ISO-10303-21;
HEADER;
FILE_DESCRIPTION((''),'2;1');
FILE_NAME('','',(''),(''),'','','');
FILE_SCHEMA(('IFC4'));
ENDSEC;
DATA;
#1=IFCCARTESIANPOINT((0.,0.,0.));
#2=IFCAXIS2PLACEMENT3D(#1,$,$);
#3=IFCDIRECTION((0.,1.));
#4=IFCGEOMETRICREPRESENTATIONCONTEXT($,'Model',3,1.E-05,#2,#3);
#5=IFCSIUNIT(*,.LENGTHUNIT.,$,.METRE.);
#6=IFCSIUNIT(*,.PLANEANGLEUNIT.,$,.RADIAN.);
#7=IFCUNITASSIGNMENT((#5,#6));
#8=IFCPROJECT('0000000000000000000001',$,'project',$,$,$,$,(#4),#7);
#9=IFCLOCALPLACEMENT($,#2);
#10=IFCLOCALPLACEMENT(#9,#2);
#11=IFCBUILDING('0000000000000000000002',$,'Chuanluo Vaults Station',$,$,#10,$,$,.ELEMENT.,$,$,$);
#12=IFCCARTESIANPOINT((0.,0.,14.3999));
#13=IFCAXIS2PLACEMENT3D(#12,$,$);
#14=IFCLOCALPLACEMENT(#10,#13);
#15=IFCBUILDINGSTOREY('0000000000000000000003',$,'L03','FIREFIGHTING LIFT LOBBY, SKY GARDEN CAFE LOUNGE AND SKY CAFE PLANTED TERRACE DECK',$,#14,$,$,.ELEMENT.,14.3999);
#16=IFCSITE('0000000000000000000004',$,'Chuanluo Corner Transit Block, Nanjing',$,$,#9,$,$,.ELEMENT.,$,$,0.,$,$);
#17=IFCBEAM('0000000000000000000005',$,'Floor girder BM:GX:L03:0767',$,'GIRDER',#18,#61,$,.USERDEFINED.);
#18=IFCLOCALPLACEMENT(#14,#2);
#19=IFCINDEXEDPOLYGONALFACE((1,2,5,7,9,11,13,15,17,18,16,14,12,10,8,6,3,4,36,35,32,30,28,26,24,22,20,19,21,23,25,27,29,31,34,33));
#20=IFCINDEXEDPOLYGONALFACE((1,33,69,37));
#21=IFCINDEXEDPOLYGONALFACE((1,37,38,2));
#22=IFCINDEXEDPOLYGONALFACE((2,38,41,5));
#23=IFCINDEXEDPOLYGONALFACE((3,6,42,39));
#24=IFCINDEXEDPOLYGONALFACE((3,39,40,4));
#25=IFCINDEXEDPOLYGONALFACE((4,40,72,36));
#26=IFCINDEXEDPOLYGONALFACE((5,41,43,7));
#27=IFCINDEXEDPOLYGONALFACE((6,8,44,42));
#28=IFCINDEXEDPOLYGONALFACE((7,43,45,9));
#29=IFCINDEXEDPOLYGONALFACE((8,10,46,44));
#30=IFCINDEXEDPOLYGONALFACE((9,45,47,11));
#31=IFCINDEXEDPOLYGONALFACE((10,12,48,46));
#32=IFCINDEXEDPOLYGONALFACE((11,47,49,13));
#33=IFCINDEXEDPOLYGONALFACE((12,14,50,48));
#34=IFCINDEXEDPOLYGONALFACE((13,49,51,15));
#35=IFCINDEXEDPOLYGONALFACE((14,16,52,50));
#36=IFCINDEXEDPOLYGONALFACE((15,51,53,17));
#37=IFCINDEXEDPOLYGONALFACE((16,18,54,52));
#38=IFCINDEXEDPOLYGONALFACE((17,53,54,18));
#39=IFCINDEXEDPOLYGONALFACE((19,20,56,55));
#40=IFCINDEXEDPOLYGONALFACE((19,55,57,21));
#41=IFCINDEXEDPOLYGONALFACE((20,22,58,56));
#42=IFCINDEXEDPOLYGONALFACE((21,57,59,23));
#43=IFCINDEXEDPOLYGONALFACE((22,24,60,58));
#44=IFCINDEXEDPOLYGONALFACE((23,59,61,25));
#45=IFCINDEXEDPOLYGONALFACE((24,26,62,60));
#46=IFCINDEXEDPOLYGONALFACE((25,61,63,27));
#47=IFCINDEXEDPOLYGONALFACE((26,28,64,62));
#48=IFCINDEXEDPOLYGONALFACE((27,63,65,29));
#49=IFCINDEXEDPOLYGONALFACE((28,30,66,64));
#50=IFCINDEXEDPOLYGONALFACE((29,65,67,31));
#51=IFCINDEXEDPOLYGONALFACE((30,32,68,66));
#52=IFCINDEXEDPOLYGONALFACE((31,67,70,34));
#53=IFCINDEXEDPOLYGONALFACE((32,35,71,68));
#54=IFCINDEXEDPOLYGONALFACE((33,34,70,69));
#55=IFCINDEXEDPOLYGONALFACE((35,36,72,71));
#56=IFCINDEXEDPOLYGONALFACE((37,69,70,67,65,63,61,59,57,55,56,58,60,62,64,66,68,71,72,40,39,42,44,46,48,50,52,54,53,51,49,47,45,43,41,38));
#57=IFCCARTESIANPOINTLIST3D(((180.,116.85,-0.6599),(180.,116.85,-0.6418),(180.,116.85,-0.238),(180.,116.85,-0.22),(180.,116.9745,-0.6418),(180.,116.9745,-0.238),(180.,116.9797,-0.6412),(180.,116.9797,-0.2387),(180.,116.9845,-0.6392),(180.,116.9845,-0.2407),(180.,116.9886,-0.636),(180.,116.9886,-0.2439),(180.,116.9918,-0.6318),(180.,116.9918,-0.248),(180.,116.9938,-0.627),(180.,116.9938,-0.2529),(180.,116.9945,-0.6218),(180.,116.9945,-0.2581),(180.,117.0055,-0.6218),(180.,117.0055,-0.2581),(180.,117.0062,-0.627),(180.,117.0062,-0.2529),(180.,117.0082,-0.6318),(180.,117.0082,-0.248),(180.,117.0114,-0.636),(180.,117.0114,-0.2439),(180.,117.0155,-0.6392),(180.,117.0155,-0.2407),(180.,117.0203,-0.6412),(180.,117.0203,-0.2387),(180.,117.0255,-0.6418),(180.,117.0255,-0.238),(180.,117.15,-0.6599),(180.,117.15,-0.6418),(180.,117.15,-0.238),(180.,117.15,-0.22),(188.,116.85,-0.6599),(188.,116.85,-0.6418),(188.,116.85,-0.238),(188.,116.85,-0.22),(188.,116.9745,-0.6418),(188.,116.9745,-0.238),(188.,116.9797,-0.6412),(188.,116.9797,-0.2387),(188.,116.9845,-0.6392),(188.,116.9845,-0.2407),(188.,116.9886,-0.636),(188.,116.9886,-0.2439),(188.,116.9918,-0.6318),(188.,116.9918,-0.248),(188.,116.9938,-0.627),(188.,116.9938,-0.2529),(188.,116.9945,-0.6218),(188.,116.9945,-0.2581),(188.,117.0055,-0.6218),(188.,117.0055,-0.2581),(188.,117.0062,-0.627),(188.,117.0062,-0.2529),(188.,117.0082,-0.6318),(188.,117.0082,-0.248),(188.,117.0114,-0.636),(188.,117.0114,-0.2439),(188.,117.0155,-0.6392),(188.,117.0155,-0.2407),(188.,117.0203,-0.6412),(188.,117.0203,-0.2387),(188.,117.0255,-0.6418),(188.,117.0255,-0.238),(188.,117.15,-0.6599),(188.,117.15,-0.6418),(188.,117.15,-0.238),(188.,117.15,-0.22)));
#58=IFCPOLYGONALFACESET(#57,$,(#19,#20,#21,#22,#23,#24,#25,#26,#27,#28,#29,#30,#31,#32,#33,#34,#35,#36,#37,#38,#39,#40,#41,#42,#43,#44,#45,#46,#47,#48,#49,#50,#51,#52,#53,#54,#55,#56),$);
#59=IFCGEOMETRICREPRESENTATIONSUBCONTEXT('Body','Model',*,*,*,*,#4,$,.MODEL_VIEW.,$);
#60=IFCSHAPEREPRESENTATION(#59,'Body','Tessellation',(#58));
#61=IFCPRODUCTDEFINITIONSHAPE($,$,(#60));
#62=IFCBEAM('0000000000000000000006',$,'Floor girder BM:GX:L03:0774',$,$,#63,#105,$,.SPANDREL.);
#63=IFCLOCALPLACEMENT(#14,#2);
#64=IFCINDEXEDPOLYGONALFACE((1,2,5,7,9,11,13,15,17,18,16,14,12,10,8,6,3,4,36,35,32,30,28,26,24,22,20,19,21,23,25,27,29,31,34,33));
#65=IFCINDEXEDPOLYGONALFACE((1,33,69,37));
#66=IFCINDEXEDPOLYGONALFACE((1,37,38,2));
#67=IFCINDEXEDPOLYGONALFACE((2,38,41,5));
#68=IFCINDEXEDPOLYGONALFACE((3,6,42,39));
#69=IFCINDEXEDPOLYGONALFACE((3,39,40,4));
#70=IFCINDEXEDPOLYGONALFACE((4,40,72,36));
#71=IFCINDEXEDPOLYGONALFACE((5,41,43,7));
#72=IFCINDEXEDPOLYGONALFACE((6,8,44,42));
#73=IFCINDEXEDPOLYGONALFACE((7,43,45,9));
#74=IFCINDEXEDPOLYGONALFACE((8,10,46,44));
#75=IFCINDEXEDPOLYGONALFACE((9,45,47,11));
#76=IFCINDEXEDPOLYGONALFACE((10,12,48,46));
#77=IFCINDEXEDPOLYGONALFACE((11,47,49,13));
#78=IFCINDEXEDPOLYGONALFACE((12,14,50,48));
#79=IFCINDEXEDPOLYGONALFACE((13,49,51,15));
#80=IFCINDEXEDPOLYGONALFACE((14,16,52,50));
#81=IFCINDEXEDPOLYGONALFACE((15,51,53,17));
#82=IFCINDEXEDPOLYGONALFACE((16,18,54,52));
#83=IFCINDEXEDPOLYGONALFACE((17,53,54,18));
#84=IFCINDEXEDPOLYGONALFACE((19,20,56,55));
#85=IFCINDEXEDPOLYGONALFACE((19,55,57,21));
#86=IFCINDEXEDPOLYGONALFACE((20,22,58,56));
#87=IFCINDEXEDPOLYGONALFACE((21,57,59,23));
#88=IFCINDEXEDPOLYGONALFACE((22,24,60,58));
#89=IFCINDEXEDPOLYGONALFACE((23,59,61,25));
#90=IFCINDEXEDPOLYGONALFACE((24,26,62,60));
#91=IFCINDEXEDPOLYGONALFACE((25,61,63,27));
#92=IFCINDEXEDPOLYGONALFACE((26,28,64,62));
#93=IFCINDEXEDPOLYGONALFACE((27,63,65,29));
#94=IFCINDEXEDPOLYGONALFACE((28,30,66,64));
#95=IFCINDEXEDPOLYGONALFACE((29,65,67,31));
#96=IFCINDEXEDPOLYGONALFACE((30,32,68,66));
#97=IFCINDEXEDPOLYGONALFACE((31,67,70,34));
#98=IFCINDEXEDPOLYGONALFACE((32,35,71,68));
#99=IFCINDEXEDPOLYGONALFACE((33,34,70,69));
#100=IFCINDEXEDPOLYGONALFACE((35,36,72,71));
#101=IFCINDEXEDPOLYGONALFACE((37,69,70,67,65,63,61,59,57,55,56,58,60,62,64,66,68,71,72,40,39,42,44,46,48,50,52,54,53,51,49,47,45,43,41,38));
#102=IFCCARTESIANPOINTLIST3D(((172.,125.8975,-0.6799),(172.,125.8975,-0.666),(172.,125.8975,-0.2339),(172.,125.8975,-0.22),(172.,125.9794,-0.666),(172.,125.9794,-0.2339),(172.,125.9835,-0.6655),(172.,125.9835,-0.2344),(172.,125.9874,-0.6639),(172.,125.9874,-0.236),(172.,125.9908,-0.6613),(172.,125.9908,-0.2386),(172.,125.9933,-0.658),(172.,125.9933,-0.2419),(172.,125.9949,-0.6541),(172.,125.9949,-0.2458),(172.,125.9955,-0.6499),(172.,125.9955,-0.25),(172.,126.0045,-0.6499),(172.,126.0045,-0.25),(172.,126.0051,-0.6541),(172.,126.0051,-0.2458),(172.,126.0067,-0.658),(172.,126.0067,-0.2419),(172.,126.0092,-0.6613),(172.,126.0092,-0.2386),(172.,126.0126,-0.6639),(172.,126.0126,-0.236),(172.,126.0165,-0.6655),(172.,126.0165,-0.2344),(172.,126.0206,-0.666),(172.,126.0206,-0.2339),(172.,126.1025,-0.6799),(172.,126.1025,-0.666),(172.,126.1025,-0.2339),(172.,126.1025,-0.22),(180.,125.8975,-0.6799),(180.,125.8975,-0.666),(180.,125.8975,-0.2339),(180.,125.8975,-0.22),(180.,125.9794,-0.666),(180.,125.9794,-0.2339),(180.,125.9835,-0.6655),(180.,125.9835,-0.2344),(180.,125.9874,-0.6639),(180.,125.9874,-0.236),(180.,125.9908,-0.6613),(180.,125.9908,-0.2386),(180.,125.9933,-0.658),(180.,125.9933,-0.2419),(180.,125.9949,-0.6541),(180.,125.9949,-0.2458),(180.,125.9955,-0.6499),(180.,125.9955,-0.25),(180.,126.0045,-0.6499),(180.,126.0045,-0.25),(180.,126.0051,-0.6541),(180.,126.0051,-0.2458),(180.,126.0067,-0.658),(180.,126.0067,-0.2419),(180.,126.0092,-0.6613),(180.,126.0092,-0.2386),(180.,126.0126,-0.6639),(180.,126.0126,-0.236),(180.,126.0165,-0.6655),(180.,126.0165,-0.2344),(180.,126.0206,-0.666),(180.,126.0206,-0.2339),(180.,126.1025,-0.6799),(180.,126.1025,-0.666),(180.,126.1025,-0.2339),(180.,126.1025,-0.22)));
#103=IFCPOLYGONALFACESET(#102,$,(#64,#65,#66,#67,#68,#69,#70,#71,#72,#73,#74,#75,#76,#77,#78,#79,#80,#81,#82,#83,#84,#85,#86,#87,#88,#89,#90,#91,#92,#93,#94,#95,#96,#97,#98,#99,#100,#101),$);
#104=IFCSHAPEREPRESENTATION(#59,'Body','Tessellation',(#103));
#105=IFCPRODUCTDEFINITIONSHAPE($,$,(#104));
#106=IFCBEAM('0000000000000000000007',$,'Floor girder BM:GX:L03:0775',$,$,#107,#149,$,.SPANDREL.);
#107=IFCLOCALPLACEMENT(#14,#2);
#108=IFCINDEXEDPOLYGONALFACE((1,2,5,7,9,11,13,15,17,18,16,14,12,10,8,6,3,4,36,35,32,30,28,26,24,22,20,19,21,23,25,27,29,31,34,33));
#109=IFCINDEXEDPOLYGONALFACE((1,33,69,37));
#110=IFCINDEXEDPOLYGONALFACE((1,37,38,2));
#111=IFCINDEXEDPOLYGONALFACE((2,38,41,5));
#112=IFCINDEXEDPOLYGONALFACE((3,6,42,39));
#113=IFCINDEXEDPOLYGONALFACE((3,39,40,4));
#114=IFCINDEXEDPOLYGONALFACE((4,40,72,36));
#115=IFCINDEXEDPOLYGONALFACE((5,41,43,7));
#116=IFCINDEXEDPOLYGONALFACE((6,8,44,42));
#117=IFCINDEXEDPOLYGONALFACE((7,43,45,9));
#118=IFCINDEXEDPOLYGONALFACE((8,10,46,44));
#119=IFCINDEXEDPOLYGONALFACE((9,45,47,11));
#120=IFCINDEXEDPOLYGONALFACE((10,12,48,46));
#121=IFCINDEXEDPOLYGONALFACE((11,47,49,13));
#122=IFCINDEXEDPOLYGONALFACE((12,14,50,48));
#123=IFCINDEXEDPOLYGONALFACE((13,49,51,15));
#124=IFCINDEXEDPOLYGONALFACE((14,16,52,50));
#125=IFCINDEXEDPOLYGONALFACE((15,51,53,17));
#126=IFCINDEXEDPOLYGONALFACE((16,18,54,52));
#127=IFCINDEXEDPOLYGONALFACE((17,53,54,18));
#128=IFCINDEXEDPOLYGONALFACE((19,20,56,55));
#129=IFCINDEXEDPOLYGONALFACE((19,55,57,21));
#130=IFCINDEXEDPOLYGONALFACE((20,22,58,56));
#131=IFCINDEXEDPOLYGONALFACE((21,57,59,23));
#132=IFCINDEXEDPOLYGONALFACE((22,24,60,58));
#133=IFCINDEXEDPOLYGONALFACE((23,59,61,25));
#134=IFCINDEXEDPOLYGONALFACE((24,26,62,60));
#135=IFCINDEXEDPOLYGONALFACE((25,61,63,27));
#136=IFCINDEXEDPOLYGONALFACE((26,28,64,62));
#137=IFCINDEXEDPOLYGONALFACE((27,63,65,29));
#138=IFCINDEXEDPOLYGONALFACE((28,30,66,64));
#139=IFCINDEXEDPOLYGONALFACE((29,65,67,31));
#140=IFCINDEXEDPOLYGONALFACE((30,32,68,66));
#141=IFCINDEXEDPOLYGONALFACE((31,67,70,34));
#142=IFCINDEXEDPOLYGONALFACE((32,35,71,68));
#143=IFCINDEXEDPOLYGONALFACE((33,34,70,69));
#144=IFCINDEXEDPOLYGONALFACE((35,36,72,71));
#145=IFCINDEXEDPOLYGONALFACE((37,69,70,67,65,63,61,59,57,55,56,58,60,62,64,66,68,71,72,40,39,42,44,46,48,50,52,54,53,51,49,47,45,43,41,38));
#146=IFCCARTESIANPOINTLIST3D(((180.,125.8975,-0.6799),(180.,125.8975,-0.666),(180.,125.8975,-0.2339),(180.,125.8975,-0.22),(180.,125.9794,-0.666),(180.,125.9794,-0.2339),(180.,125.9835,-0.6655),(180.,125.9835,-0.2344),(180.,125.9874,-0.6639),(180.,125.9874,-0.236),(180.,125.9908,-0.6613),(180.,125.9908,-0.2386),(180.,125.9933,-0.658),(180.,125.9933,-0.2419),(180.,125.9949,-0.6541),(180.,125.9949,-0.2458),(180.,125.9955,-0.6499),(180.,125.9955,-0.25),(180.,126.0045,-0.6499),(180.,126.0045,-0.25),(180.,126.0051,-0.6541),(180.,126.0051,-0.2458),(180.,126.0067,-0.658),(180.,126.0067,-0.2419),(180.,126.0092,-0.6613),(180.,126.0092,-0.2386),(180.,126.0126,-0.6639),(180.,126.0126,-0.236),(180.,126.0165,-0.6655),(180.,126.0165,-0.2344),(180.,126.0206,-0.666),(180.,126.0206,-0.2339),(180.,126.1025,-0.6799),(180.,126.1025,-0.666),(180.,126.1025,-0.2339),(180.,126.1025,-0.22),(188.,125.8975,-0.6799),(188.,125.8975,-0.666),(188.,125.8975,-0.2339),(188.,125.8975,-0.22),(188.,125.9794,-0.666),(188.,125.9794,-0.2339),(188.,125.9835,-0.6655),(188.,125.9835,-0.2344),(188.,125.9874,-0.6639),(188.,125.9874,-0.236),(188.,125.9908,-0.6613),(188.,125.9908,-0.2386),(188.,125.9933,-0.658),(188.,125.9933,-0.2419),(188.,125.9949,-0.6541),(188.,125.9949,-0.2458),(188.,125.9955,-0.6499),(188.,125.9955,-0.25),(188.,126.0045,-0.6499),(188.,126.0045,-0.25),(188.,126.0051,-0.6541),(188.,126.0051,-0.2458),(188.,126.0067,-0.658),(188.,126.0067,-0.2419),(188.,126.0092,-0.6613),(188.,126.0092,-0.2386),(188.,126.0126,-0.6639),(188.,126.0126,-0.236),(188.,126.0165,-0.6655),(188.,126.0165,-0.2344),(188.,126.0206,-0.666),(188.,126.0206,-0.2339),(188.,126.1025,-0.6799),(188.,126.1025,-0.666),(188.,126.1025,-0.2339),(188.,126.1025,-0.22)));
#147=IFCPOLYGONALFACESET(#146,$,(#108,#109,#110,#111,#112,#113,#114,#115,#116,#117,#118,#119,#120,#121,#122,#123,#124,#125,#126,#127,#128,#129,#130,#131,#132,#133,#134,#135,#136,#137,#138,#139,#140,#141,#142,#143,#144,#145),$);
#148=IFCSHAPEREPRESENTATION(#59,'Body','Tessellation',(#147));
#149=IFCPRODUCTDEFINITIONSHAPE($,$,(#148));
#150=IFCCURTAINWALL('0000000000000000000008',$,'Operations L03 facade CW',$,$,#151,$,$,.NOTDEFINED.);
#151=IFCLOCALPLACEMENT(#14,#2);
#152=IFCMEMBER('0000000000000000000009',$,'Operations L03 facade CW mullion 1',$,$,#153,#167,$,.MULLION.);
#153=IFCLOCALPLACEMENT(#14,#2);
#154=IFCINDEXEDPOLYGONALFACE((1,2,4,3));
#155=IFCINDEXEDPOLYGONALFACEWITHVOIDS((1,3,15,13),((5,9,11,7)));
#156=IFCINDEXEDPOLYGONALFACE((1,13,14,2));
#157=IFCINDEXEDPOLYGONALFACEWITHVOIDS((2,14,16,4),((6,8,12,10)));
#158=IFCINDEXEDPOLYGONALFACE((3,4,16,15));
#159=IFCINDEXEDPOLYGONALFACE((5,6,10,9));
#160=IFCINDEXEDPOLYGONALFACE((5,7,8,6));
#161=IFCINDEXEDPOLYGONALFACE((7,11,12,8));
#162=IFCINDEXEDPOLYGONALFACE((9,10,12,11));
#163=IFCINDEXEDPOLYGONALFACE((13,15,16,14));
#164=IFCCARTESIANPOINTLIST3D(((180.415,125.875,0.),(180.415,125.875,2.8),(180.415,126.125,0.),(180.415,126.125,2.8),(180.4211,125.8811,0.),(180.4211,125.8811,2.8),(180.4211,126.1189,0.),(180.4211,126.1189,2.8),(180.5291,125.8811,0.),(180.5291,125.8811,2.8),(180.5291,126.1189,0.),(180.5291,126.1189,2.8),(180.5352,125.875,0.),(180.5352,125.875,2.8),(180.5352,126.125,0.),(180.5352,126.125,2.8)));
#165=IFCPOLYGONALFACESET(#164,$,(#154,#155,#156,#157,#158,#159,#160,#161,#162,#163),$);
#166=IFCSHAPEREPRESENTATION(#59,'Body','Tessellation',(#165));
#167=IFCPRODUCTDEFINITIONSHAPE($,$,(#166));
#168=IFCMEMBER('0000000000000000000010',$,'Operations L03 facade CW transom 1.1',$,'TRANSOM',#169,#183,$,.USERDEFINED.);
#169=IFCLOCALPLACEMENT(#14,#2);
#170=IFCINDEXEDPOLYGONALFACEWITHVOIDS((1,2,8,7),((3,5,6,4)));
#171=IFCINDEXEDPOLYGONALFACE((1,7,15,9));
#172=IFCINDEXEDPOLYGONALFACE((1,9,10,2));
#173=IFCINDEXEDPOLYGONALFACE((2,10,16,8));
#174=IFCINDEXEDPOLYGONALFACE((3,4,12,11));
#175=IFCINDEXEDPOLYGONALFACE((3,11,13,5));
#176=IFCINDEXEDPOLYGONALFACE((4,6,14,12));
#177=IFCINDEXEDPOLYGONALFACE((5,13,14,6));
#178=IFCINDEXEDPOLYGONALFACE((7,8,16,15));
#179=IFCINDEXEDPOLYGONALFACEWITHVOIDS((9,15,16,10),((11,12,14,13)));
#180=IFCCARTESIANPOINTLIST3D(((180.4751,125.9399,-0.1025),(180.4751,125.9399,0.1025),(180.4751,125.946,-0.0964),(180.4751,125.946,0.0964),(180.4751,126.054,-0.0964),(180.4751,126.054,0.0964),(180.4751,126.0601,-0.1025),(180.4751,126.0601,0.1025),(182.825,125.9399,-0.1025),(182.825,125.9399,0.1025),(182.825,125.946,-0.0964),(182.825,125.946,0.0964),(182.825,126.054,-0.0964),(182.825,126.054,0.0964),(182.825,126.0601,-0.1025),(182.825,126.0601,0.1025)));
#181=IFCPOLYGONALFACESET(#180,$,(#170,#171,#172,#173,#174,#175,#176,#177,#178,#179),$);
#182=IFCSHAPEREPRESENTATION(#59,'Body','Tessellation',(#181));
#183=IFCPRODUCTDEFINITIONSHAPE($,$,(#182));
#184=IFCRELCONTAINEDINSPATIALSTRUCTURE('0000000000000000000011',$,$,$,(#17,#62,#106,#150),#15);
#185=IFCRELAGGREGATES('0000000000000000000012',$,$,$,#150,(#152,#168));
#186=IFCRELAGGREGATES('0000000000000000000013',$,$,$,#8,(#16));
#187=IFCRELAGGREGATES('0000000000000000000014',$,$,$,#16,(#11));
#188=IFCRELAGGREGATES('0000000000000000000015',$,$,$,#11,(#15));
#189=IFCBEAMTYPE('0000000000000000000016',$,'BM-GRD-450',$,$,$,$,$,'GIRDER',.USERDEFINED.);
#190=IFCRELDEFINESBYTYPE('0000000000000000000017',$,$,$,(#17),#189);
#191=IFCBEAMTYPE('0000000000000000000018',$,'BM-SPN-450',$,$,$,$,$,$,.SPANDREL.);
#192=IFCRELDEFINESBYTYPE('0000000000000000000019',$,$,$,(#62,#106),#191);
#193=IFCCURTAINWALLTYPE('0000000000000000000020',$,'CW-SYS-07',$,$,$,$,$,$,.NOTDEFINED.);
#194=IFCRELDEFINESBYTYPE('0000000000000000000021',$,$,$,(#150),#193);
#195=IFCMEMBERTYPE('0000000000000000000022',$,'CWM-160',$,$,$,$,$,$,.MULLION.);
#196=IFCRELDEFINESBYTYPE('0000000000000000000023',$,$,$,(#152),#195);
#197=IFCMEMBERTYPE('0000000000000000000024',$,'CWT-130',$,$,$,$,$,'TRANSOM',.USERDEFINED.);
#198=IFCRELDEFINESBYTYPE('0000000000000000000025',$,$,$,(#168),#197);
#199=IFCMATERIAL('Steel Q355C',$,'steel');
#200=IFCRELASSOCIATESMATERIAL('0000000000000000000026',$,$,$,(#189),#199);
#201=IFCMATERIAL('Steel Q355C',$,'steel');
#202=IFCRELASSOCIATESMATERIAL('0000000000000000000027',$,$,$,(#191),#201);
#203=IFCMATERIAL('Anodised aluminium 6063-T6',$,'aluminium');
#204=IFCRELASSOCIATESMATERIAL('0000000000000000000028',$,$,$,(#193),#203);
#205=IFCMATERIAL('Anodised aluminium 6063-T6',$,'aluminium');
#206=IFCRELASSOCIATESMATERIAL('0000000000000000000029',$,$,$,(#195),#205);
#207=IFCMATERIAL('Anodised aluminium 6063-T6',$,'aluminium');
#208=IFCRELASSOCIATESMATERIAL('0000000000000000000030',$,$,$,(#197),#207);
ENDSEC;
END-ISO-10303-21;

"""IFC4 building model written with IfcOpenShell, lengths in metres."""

from ifc_helpers import new_model, si_unit, direction, frame, origin, origin_2d, place, context, subcontext, project, spatial, hollow_rectangle, i_section, extrude, material, material_profile, profile_set, type_object, element, aggregate, save


model = new_model("IFC4")

# Units and contexts
model_context = context("Model", 3, precision=1e-05, world=origin(), true_north=direction((0.0, 1.0)))
body_context = subcontext(model_context, "Body", "Model", "MODEL_VIEW")
ifc_project = project(units=[si_unit("LENGTHUNIT", "METRE"), si_unit("PLANEANGLEUNIT", "RADIAN")], contexts=[model_context])

# Site, building, storey
site_placement = place(None, origin())
site = spatial("IfcSite", under=ifc_project, at=site_placement, Name="Chuanluo Corner Transit Block, Nanjing", CompositionType="ELEMENT", RefElevation=0.0)
building_placement = place(site_placement, origin())
building = spatial("IfcBuilding", under=site, at=building_placement, Name="Chuanluo Vaults Station", CompositionType="ELEMENT")
storey_placement = place(building_placement, frame((0.0, 0.0, 14.3999)))
storey = spatial("IfcBuildingStorey", under=building, at=storey_placement, Name="L03", Description="FIREFIGHTING LIFT LOBBY, SKY GARDEN CAFE LOUNGE AND SKY CAFE PLANTED TERRACE DECK", CompositionType="ELEMENT", Elevation=14.3999)

# Beams
ifc_material_1 = material(Name="Steel Q355C", Category="steel")
ifc_material_profile_1 = material_profile(ifc_material_1, i_section(OverallWidth=0.3, OverallDepth=0.4399, WebThickness=0.011, FlangeThickness=0.0181, FilletRadius=0.02, at=origin_2d()))
ifc_profile_set_1 = profile_set([ifc_material_profile_1], Name="Steel Q355C")
beam_type_1 = type_object("IfcBeamType", Name="BM-GRD-450", ElementType="GIRDER", PredefinedType="USERDEFINED", material=ifc_profile_set_1)
beam_1_placement = place(storey_placement, frame((180.0, 117.0, -0.4399), z_axis=(1.0, 0.0, 0.0), x_axis=(0.0, 1.0, 0.0)))
element("IfcBeam", 1, at=beam_1_placement, inside=storey, type_object=beam_type_1, Name="Floor girder BM:GX:L03:0767", ObjectType="GIRDER", PredefinedType="USERDEFINED", context=body_context, shape_type="SweptSolid", body=[
    extrude(i_section(OverallWidth=0.3, OverallDepth=0.4399, WebThickness=0.011, FlangeThickness=0.0181, FilletRadius=0.02, at=origin_2d()), origin(), (0.0, 0.0, 1.0), 8.0),
])
ifc_material_2 = material(Name="Steel Q355C", Category="steel")
ifc_material_profile_2 = material_profile(ifc_material_2, i_section(OverallWidth=0.2051, OverallDepth=0.46, WebThickness=0.009, FlangeThickness=0.0139, FilletRadius=0.0161, at=origin_2d()))
ifc_profile_set_2 = profile_set([ifc_material_profile_2], Name="Steel Q355C")
beam_type_2 = type_object("IfcBeamType", Name="BM-SPN-450", PredefinedType="SPANDREL", material=ifc_profile_set_2)
for number, where, z_axis, x_axis, name in (
    (2, (172.0, 126.0, -0.45), (1.0, 0.0, 0.0), (0.0, 1.0, 0.0), "Floor girder BM:GX:L03:0774"),
    (3, (180.0, 126.0, -0.45), (1.0, 0.0, 0.0), (0.0, 1.0, 0.0), "Floor girder BM:GX:L03:0775"),
):
    element("IfcBeam", number, at=place(storey_placement, frame(where, z_axis=z_axis, x_axis=x_axis)), inside=storey, type_object=beam_type_2, Name=name, PredefinedType="SPANDREL", context=body_context, shape_type="SweptSolid", body=[
        extrude(i_section(OverallWidth=0.2051, OverallDepth=0.46, WebThickness=0.009, FlangeThickness=0.0139, FilletRadius=0.0161, at=origin_2d()), origin(), (0.0, 0.0, 1.0), 8.0),
    ])

# Curtain wall, members
ifc_material_3 = material(Name="Anodised aluminium 6063-T6", Category="aluminium")
curtain_wall_type = type_object("IfcCurtainWallType", Name="CW-SYS-07", PredefinedType="NOTDEFINED", material=ifc_material_3)
curtain_wall_placement = place(storey_placement, origin())
curtain_wall = element("IfcCurtainWall", 4, at=curtain_wall_placement, inside=storey, type_object=curtain_wall_type, Name="Operations L03 facade CW", PredefinedType="NOTDEFINED")
ifc_material_4 = material(Name="Anodised aluminium 6063-T6", Category="aluminium")
ifc_material_profile_3 = material_profile(ifc_material_4, hollow_rectangle(XDim=0.1201, YDim=0.25, WallThickness=0.0061, at=origin_2d()))
ifc_profile_set_3 = profile_set([ifc_material_profile_3], Name="Anodised aluminium 6063-T6")
member_type_1 = type_object("IfcMemberType", Name="CWM-160", PredefinedType="MULLION", material=ifc_profile_set_3)
member_1_placement = place(storey_placement, frame((180.4751, 126.0, 0.0), z_axis=(0.0, 0.0, 1.0), x_axis=(1.0, 0.0, 0.0)))
member_1 = element("IfcMember", 5, at=member_1_placement, type_object=member_type_1, Name="Operations L03 facade CW mullion 1", PredefinedType="MULLION", context=body_context, shape_type="SweptSolid", body=[
    extrude(hollow_rectangle(XDim=0.1201, YDim=0.25, WallThickness=0.0061, at=origin_2d()), origin(), (0.0, 0.0, 1.0), 2.8),
])
ifc_material_5 = material(Name="Anodised aluminium 6063-T6", Category="aluminium")
ifc_material_profile_4 = material_profile(ifc_material_5, hollow_rectangle(XDim=0.1201, YDim=0.2051, WallThickness=0.0061, at=origin_2d()))
ifc_profile_set_4 = profile_set([ifc_material_profile_4], Name="Anodised aluminium 6063-T6")
member_type_2 = type_object("IfcMemberType", Name="CWT-130", ElementType="TRANSOM", PredefinedType="USERDEFINED", material=ifc_profile_set_4)
member_2_placement = place(storey_placement, frame((180.4751, 126.0, 0.0), z_axis=(1.0, 0.0, 0.0), x_axis=(0.0, 1.0, 0.0)))
member_2 = element("IfcMember", 6, at=member_2_placement, type_object=member_type_2, Name="Operations L03 facade CW transom 1.1", ObjectType="TRANSOM", PredefinedType="USERDEFINED", context=body_context, shape_type="SweptSolid", body=[
    extrude(hollow_rectangle(XDim=0.1201, YDim=0.2051, WallThickness=0.0061, at=origin_2d()), origin(), (0.0, 0.0, 1.0), 2.3499),
])
aggregate(curtain_wall, [member_1, member_2])

save(model, "model.ifc")
